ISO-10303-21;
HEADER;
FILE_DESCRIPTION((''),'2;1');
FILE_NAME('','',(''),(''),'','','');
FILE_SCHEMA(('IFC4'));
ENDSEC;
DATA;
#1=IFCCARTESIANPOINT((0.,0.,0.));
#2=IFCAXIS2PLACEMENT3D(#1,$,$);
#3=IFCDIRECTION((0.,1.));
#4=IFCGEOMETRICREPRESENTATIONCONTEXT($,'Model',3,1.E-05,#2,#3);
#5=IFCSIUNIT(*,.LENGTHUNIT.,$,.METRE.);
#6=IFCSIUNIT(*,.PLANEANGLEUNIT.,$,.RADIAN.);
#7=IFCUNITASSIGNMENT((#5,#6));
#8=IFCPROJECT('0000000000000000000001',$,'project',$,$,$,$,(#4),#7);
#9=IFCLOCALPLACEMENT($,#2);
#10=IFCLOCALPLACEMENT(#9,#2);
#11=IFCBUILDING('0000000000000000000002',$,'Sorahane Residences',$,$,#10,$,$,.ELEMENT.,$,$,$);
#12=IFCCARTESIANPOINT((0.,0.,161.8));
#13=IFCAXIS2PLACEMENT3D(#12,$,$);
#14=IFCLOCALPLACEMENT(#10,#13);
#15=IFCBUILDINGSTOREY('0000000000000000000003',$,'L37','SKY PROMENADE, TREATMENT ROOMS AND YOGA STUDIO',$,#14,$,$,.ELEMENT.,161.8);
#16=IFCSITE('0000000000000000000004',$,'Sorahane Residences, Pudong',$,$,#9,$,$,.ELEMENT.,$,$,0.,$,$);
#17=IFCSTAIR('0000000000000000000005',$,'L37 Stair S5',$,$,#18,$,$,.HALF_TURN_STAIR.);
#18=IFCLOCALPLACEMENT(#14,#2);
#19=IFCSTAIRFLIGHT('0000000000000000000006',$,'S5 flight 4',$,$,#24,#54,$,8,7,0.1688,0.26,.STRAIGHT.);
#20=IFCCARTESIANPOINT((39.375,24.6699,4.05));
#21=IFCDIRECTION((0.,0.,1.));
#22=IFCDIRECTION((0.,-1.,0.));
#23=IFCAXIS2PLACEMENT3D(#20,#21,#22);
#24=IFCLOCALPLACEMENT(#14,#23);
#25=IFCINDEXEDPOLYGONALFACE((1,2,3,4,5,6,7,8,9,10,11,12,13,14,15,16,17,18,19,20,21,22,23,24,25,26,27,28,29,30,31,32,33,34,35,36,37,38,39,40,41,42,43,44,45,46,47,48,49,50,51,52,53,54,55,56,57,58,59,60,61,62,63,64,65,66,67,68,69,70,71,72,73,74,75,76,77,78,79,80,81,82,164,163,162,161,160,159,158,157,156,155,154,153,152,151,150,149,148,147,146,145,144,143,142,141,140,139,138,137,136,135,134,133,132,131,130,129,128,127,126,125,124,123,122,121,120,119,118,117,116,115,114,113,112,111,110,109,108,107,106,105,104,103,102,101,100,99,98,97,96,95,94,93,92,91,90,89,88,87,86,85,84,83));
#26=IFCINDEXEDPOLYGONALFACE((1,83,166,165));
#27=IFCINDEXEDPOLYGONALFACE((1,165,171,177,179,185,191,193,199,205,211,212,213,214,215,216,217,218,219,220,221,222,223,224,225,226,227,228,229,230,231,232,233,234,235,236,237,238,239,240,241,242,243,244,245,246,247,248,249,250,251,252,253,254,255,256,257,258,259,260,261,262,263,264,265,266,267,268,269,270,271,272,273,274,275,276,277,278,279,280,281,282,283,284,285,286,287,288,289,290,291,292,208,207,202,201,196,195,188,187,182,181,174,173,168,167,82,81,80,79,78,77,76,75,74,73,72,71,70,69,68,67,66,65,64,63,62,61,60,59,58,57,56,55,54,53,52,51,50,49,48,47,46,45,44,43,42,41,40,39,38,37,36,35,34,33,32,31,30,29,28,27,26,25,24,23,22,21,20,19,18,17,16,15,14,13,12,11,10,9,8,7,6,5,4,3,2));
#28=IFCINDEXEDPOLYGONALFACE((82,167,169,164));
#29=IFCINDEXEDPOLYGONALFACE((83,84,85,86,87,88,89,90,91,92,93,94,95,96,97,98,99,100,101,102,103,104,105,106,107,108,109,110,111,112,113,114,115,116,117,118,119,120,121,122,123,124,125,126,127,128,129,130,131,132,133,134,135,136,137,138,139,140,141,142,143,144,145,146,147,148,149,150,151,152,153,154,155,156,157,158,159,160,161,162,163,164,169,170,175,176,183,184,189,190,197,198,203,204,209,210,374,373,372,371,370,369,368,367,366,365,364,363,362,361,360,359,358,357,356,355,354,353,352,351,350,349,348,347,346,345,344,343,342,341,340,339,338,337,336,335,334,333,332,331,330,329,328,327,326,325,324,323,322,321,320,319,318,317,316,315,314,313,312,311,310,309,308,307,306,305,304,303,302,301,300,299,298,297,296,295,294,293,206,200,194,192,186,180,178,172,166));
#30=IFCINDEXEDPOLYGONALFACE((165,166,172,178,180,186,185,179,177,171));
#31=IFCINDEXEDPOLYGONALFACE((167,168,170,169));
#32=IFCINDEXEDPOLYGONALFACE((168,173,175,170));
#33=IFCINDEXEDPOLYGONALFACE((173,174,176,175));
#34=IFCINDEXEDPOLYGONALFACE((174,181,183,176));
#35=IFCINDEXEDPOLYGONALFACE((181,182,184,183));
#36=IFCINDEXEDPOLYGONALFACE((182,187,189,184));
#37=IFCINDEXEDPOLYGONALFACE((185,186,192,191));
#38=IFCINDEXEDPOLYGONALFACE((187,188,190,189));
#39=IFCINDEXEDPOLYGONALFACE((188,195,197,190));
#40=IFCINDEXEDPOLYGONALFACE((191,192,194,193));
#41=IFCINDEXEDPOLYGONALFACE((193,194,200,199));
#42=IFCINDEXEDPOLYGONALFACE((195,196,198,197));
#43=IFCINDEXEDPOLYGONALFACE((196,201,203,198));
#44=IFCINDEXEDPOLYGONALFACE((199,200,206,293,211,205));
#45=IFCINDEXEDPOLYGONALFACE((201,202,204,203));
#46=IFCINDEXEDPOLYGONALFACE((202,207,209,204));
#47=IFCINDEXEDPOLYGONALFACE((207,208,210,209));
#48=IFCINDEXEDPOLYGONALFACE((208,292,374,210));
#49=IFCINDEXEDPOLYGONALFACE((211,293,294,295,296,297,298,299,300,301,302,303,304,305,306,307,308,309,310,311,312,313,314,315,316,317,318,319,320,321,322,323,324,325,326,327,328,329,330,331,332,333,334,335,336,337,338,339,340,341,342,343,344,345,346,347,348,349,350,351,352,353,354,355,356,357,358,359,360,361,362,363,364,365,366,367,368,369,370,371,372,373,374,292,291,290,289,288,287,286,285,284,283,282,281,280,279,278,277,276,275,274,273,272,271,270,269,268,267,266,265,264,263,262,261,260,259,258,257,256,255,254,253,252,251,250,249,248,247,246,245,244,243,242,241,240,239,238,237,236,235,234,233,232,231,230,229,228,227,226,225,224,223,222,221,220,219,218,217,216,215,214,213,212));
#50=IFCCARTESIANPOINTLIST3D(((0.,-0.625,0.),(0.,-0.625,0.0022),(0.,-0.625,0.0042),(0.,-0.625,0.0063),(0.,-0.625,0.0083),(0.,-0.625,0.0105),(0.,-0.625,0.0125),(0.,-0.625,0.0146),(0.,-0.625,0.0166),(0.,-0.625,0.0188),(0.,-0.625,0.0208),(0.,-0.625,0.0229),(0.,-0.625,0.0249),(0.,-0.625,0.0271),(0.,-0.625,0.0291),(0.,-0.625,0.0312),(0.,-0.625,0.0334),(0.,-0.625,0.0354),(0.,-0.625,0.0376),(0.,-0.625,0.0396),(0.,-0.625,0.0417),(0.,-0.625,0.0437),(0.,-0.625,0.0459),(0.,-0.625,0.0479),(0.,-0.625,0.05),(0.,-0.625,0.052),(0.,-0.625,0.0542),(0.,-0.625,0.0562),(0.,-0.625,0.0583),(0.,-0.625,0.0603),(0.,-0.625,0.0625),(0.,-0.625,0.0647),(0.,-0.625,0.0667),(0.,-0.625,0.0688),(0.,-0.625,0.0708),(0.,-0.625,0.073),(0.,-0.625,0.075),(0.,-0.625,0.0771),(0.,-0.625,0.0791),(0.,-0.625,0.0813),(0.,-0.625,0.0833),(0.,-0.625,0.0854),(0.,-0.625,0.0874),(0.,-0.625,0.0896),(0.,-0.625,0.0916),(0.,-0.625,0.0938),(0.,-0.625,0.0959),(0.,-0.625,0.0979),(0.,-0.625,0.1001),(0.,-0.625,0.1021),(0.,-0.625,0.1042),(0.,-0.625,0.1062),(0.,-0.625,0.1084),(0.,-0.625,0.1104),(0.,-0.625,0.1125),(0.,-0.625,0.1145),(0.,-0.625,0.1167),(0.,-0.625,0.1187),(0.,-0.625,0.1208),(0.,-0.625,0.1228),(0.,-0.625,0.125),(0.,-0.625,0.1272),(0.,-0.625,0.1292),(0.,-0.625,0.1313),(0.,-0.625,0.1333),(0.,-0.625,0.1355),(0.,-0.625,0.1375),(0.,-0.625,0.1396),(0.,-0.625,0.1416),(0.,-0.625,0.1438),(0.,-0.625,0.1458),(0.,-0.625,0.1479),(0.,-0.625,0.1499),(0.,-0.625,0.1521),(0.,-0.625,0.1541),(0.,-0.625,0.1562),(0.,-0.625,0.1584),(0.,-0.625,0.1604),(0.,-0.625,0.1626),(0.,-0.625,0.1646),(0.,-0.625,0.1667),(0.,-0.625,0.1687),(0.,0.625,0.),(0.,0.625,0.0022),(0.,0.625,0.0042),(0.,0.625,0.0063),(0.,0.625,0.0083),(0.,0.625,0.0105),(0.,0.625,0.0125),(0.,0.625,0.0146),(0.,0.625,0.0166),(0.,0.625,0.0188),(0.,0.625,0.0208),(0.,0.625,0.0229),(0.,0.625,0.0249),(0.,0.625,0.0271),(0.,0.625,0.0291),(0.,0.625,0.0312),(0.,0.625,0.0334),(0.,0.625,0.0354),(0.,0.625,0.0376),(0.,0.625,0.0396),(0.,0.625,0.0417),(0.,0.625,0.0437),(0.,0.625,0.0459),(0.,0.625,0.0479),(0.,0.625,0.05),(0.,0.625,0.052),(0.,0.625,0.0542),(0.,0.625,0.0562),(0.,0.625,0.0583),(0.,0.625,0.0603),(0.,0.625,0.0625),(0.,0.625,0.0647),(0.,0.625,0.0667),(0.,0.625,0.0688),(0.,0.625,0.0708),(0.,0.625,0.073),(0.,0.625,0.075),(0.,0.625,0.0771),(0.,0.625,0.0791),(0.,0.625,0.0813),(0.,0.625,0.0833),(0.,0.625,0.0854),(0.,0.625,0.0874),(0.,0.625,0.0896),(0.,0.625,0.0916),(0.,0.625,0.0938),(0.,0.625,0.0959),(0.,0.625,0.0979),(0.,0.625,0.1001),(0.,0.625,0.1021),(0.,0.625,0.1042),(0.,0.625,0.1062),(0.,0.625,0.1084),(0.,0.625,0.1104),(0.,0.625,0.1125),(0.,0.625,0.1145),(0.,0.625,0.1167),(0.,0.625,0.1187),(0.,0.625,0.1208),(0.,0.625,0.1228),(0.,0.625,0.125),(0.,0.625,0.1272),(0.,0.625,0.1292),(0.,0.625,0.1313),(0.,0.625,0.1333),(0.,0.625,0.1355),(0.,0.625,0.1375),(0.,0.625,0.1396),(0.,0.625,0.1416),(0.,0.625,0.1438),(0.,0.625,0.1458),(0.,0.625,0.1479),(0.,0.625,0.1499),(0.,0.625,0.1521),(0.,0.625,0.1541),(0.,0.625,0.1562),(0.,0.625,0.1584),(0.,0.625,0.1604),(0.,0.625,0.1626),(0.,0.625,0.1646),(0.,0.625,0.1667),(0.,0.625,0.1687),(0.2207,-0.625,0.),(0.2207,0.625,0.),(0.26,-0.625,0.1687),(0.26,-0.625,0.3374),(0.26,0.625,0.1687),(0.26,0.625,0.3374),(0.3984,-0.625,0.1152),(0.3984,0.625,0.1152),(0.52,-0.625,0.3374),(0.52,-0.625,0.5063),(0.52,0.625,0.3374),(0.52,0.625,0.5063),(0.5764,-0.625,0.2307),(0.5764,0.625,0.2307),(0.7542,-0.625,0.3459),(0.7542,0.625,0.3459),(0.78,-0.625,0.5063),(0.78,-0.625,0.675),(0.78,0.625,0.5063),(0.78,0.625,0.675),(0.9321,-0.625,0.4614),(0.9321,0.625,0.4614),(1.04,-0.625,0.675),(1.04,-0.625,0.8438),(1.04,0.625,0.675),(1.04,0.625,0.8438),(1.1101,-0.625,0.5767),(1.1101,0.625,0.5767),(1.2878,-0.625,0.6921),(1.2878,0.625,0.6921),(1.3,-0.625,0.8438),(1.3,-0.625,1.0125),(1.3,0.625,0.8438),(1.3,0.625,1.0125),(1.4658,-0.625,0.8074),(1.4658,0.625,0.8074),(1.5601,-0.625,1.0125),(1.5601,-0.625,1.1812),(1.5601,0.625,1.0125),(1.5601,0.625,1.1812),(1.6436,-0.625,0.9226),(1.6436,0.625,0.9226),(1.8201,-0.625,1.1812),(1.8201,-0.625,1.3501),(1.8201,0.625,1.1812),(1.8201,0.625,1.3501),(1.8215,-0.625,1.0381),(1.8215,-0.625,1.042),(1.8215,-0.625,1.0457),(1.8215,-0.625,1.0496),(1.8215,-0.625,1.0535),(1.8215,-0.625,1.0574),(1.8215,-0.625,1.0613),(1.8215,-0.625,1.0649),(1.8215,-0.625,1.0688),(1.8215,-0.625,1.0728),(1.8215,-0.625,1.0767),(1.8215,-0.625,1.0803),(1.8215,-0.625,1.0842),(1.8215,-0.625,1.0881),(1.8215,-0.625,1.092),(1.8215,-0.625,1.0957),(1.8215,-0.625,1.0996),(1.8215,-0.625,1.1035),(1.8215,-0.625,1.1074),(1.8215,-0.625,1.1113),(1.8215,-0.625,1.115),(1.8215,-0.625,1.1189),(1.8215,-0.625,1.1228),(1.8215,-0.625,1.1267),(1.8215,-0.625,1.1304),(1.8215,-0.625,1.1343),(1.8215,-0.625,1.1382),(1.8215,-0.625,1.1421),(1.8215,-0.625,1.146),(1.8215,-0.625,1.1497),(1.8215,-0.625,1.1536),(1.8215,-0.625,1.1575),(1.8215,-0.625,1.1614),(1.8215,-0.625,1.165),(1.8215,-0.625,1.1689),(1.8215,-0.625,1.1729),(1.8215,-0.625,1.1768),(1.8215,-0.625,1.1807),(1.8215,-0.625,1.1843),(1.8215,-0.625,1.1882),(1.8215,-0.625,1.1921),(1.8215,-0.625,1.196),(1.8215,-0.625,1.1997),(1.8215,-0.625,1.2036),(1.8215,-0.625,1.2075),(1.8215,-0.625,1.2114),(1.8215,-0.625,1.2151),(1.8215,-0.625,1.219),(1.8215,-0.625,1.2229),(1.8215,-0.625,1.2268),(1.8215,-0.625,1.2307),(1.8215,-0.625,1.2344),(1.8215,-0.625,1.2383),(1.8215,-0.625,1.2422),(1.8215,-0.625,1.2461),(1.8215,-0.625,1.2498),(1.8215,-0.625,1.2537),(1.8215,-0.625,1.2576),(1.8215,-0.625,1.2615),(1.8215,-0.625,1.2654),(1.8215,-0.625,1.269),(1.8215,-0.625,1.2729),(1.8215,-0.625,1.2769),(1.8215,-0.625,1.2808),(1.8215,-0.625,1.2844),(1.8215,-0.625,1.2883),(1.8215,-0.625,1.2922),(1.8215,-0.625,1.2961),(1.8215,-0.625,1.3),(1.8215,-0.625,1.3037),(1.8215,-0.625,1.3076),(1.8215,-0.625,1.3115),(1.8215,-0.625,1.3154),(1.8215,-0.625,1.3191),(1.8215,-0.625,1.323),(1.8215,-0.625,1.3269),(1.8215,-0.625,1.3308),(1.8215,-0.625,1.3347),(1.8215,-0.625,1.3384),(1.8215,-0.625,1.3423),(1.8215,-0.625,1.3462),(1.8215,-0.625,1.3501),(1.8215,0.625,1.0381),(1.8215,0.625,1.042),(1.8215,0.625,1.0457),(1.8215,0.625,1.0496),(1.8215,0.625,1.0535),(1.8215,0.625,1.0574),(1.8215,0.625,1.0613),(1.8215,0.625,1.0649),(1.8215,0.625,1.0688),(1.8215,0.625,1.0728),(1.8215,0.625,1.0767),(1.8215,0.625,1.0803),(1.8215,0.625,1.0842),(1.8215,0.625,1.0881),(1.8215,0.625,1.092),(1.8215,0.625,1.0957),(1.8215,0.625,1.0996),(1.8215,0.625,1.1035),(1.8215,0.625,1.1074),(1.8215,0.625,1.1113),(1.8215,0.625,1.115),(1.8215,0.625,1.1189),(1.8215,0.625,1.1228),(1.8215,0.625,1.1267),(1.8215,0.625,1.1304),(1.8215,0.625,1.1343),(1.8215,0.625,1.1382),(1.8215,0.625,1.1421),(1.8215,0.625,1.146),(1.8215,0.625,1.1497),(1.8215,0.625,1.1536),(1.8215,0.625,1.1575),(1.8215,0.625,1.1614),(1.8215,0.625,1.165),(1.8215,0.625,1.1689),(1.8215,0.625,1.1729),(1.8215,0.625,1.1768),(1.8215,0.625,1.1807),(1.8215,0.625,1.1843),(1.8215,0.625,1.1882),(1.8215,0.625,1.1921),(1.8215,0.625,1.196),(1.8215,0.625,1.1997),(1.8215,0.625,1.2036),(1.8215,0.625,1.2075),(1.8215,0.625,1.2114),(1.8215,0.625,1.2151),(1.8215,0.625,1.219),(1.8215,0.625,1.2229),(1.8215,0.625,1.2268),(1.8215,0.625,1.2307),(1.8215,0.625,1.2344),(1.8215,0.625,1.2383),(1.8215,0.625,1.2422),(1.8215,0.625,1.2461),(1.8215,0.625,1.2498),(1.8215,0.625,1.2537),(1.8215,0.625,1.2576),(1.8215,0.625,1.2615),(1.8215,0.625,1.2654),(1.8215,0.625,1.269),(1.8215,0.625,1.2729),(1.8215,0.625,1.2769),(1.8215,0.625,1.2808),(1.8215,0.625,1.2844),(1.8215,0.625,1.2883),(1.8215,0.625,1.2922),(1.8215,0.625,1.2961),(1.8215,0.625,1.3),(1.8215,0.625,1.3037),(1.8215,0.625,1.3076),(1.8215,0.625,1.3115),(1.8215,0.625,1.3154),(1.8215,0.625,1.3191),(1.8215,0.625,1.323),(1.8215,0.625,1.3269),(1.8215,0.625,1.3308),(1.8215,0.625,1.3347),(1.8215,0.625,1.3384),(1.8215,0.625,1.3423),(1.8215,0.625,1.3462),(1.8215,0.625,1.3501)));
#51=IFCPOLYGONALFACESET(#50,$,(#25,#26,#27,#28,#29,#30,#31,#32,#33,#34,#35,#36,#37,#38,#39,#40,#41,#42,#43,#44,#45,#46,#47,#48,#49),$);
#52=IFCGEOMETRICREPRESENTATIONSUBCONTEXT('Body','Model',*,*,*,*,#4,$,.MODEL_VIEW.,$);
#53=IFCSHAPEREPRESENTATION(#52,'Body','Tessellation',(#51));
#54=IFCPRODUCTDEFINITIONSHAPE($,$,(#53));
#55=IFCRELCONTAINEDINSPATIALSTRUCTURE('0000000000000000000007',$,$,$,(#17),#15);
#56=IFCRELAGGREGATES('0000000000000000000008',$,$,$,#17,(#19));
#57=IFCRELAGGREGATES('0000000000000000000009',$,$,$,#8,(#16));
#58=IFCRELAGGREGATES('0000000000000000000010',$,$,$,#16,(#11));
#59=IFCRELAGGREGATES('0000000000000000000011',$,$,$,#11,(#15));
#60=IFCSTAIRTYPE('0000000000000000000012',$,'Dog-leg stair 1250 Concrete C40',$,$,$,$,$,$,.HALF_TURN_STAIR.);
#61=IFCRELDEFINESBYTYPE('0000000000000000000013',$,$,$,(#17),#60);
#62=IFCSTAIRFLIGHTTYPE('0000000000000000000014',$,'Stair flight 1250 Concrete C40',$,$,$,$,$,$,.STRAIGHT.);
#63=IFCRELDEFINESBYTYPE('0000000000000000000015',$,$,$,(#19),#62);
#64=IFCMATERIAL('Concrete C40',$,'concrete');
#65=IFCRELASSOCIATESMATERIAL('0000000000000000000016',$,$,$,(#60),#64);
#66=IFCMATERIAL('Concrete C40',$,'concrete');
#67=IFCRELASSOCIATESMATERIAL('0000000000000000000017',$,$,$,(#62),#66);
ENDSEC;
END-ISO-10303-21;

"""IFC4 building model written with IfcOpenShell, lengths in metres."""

from ifc_helpers import new_model, si_unit, direction, frame, origin, place, context, subcontext, project, spatial, polyline, outline, extrude, material, type_object, element, aggregate, save


model = new_model("IFC4")

# Units and contexts
model_context = context("Model", 3, precision=1e-05, world=origin(), true_north=direction((0.0, 1.0)))
body_context = subcontext(model_context, "Body", "Model", "MODEL_VIEW")
ifc_project = project(units=[si_unit("LENGTHUNIT", "METRE"), si_unit("PLANEANGLEUNIT", "RADIAN")], contexts=[model_context])

# Site, building, storey
site_placement = place(None, origin())
site = spatial("IfcSite", under=ifc_project, at=site_placement, Name="Sorahane Residences, Pudong", CompositionType="ELEMENT", RefElevation=0.0)
building_placement = place(site_placement, origin())
building = spatial("IfcBuilding", under=site, at=building_placement, Name="Sorahane Residences", CompositionType="ELEMENT")
storey_placement = place(building_placement, frame((0.0, 0.0, 161.8)))
storey = spatial("IfcBuildingStorey", under=building, at=storey_placement, Name="L37", Description="SKY PROMENADE, TREATMENT ROOMS AND YOGA STUDIO", CompositionType="ELEMENT", Elevation=161.8)

# Stair, stair flight
ifc_material_1 = material(Name="Concrete C40", Category="concrete")
stair_type = type_object("IfcStairType", Name="Dog-leg stair 1250 Concrete C40", PredefinedType="HALF_TURN_STAIR", material=ifc_material_1)
stair_placement = place(storey_placement, origin())
stair = element("IfcStair", 1, at=stair_placement, inside=storey, type_object=stair_type, Name="L37 Stair S5", PredefinedType="HALF_TURN_STAIR")
ifc_material_2 = material(Name="Concrete C40", Category="concrete")
stair_flight_type = type_object("IfcStairFlightType", Name="Stair flight 1250 Concrete C40", PredefinedType="STRAIGHT", material=ifc_material_2)
stair_flight_1_placement = place(storey_placement, frame((39.375, 24.6699, 4.05), z_axis=(0.0, 0.0, 1.0), x_axis=(0.0, -1.0, 0.0)))
stair_flight_1 = element("IfcStairFlight", 2, at=stair_flight_1_placement, type_object=stair_flight_type, Name="S5 flight 4", NumberOfRisers=8, NumberOfTreads=7, PredefinedType="STRAIGHT", RiserHeight=0.1688, TreadLength=0.26, context=body_context, shape_type="SweptSolid", body=[
    extrude(outline(polyline([(0.0, 0.0), (0.0, 0.0022), (0.0, 0.0042), (0.0, 0.0063), (0.0, 0.0083), (0.0, 0.0105), (0.0, 0.0125), (0.0, 0.0146), (0.0, 0.0166), (0.0, 0.0188), (0.0, 0.0208), (0.0, 0.0229), (0.0, 0.0249), (0.0, 0.0271), (0.0, 0.0291), (0.0, 0.0312), (0.0, 0.0334), (0.0, 0.0354), (0.0, 0.0376), (0.0, 0.0396), (0.0, 0.0417), (0.0, 0.0437), (0.0, 0.0459), (0.0, 0.0479), (0.0, 0.05), (0.0, 0.052), (0.0, 0.0542), (0.0, 0.0562), (0.0, 0.0583), (0.0, 0.0603), (0.0, 0.0625), (0.0, 0.0647), (0.0, 0.0667), (0.0, 0.0688), (0.0, 0.0708), (0.0, 0.073), (0.0, 0.075), (0.0, 0.0771), (0.0, 0.0791), (0.0, 0.0813), (0.0, 0.0833), (0.0, 0.0854), (0.0, 0.0874), (0.0, 0.0896), (0.0, 0.0916), (0.0, 0.0938), (0.0, 0.0959), (0.0, 0.0979), (0.0, 0.1001), (0.0, 0.1021), (0.0, 0.1042), (0.0, 0.1062), (0.0, 0.1084), (0.0, 0.1104), (0.0, 0.1125), (0.0, 0.1145), (0.0, 0.1167), (0.0, 0.1187), (0.0, 0.1208), (0.0, 0.1228), (0.0, 0.125), (0.0, 0.1272), (0.0, 0.1292), (0.0, 0.1313), (0.0, 0.1333), (0.0, 0.1355), (0.0, 0.1375), (0.0, 0.1396), (0.0, 0.1416), (0.0, 0.1438), (0.0, 0.1458), (0.0, 0.1479), (0.0, 0.1499), (0.0, 0.1521), (0.0, 0.1541), (0.0, 0.1562), (0.0, 0.1584), (0.0, 0.1604), (0.0, 0.1626), (0.0, 0.1646), (0.0, 0.1667), (0.0, 0.1687), (0.26, 0.1687), (0.26, 0.3374), (0.52, 0.3374), (0.52, 0.5063), (0.78, 0.5063), (0.78, 0.675), (1.04, 0.675), (1.04, 0.8438), (1.3, 0.8438), (1.3, 1.0125), (1.5601, 1.0125), (1.5601, 1.1812), (1.8201, 1.1812), (1.8201, 1.3501), (1.8215, 1.3501), (1.8215, 1.3462), (1.8215, 1.3423), (1.8215, 1.3384), (1.8215, 1.3347), (1.8215, 1.3308), (1.8215, 1.3269), (1.8215, 1.323), (1.8215, 1.3191), (1.8215, 1.3154), (1.8215, 1.3115), (1.8215, 1.3076), (1.8215, 1.3037), (1.8215, 1.3), (1.8215, 1.2961), (1.8215, 1.2922), (1.8215, 1.2883), (1.8215, 1.2844), (1.8215, 1.2808), (1.8215, 1.2769), (1.8215, 1.2729), (1.8215, 1.269), (1.8215, 1.2654), (1.8215, 1.2615), (1.8215, 1.2576), (1.8215, 1.2537), (1.8215, 1.2498), (1.8215, 1.2461), (1.8215, 1.2422), (1.8215, 1.2383), (1.8215, 1.2344), (1.8215, 1.2307), (1.8215, 1.2268), (1.8215, 1.2229), (1.8215, 1.219), (1.8215, 1.2151), (1.8215, 1.2114), (1.8215, 1.2075), (1.8215, 1.2036), (1.8215, 1.1997), (1.8215, 1.196), (1.8215, 1.1921), (1.8215, 1.1882), (1.8215, 1.1843), (1.8215, 1.1807), (1.8215, 1.1768), (1.8215, 1.1729), (1.8215, 1.1689), (1.8215, 1.165), (1.8215, 1.1614), (1.8215, 1.1575), (1.8215, 1.1536), (1.8215, 1.1497), (1.8215, 1.146), (1.8215, 1.1421), (1.8215, 1.1382), (1.8215, 1.1343), (1.8215, 1.1304), (1.8215, 1.1267), (1.8215, 1.1228), (1.8215, 1.1189), (1.8215, 1.115), (1.8215, 1.1113), (1.8215, 1.1074), (1.8215, 1.1035), (1.8215, 1.0996), (1.8215, 1.0957), (1.8215, 1.092), (1.8215, 1.0881), (1.8215, 1.0842), (1.8215, 1.0803), (1.8215, 1.0767), (1.8215, 1.0728), (1.8215, 1.0688), (1.8215, 1.0649), (1.8215, 1.0613), (1.8215, 1.0574), (1.8215, 1.0535), (1.8215, 1.0496), (1.8215, 1.0457), (1.8215, 1.042), (1.8215, 1.0381), (1.6436, 0.9226), (1.4658, 0.8074), (1.2878, 0.6921), (1.1101, 0.5767), (0.9321, 0.4614), (0.7542, 0.3459), (0.5764, 0.2307), (0.3984, 0.1152), (0.2207, 0.0), (0.0, 0.0)])), frame((0.0, 0.625, 0.0), z_axis=(0.0, -1.0, 0.0), x_axis=(1.0, 0.0, 0.0)), (0.0, 0.0, 1.0), 1.25),
])
aggregate(stair, [stair_flight_1])

save(model, "model.ifc")
